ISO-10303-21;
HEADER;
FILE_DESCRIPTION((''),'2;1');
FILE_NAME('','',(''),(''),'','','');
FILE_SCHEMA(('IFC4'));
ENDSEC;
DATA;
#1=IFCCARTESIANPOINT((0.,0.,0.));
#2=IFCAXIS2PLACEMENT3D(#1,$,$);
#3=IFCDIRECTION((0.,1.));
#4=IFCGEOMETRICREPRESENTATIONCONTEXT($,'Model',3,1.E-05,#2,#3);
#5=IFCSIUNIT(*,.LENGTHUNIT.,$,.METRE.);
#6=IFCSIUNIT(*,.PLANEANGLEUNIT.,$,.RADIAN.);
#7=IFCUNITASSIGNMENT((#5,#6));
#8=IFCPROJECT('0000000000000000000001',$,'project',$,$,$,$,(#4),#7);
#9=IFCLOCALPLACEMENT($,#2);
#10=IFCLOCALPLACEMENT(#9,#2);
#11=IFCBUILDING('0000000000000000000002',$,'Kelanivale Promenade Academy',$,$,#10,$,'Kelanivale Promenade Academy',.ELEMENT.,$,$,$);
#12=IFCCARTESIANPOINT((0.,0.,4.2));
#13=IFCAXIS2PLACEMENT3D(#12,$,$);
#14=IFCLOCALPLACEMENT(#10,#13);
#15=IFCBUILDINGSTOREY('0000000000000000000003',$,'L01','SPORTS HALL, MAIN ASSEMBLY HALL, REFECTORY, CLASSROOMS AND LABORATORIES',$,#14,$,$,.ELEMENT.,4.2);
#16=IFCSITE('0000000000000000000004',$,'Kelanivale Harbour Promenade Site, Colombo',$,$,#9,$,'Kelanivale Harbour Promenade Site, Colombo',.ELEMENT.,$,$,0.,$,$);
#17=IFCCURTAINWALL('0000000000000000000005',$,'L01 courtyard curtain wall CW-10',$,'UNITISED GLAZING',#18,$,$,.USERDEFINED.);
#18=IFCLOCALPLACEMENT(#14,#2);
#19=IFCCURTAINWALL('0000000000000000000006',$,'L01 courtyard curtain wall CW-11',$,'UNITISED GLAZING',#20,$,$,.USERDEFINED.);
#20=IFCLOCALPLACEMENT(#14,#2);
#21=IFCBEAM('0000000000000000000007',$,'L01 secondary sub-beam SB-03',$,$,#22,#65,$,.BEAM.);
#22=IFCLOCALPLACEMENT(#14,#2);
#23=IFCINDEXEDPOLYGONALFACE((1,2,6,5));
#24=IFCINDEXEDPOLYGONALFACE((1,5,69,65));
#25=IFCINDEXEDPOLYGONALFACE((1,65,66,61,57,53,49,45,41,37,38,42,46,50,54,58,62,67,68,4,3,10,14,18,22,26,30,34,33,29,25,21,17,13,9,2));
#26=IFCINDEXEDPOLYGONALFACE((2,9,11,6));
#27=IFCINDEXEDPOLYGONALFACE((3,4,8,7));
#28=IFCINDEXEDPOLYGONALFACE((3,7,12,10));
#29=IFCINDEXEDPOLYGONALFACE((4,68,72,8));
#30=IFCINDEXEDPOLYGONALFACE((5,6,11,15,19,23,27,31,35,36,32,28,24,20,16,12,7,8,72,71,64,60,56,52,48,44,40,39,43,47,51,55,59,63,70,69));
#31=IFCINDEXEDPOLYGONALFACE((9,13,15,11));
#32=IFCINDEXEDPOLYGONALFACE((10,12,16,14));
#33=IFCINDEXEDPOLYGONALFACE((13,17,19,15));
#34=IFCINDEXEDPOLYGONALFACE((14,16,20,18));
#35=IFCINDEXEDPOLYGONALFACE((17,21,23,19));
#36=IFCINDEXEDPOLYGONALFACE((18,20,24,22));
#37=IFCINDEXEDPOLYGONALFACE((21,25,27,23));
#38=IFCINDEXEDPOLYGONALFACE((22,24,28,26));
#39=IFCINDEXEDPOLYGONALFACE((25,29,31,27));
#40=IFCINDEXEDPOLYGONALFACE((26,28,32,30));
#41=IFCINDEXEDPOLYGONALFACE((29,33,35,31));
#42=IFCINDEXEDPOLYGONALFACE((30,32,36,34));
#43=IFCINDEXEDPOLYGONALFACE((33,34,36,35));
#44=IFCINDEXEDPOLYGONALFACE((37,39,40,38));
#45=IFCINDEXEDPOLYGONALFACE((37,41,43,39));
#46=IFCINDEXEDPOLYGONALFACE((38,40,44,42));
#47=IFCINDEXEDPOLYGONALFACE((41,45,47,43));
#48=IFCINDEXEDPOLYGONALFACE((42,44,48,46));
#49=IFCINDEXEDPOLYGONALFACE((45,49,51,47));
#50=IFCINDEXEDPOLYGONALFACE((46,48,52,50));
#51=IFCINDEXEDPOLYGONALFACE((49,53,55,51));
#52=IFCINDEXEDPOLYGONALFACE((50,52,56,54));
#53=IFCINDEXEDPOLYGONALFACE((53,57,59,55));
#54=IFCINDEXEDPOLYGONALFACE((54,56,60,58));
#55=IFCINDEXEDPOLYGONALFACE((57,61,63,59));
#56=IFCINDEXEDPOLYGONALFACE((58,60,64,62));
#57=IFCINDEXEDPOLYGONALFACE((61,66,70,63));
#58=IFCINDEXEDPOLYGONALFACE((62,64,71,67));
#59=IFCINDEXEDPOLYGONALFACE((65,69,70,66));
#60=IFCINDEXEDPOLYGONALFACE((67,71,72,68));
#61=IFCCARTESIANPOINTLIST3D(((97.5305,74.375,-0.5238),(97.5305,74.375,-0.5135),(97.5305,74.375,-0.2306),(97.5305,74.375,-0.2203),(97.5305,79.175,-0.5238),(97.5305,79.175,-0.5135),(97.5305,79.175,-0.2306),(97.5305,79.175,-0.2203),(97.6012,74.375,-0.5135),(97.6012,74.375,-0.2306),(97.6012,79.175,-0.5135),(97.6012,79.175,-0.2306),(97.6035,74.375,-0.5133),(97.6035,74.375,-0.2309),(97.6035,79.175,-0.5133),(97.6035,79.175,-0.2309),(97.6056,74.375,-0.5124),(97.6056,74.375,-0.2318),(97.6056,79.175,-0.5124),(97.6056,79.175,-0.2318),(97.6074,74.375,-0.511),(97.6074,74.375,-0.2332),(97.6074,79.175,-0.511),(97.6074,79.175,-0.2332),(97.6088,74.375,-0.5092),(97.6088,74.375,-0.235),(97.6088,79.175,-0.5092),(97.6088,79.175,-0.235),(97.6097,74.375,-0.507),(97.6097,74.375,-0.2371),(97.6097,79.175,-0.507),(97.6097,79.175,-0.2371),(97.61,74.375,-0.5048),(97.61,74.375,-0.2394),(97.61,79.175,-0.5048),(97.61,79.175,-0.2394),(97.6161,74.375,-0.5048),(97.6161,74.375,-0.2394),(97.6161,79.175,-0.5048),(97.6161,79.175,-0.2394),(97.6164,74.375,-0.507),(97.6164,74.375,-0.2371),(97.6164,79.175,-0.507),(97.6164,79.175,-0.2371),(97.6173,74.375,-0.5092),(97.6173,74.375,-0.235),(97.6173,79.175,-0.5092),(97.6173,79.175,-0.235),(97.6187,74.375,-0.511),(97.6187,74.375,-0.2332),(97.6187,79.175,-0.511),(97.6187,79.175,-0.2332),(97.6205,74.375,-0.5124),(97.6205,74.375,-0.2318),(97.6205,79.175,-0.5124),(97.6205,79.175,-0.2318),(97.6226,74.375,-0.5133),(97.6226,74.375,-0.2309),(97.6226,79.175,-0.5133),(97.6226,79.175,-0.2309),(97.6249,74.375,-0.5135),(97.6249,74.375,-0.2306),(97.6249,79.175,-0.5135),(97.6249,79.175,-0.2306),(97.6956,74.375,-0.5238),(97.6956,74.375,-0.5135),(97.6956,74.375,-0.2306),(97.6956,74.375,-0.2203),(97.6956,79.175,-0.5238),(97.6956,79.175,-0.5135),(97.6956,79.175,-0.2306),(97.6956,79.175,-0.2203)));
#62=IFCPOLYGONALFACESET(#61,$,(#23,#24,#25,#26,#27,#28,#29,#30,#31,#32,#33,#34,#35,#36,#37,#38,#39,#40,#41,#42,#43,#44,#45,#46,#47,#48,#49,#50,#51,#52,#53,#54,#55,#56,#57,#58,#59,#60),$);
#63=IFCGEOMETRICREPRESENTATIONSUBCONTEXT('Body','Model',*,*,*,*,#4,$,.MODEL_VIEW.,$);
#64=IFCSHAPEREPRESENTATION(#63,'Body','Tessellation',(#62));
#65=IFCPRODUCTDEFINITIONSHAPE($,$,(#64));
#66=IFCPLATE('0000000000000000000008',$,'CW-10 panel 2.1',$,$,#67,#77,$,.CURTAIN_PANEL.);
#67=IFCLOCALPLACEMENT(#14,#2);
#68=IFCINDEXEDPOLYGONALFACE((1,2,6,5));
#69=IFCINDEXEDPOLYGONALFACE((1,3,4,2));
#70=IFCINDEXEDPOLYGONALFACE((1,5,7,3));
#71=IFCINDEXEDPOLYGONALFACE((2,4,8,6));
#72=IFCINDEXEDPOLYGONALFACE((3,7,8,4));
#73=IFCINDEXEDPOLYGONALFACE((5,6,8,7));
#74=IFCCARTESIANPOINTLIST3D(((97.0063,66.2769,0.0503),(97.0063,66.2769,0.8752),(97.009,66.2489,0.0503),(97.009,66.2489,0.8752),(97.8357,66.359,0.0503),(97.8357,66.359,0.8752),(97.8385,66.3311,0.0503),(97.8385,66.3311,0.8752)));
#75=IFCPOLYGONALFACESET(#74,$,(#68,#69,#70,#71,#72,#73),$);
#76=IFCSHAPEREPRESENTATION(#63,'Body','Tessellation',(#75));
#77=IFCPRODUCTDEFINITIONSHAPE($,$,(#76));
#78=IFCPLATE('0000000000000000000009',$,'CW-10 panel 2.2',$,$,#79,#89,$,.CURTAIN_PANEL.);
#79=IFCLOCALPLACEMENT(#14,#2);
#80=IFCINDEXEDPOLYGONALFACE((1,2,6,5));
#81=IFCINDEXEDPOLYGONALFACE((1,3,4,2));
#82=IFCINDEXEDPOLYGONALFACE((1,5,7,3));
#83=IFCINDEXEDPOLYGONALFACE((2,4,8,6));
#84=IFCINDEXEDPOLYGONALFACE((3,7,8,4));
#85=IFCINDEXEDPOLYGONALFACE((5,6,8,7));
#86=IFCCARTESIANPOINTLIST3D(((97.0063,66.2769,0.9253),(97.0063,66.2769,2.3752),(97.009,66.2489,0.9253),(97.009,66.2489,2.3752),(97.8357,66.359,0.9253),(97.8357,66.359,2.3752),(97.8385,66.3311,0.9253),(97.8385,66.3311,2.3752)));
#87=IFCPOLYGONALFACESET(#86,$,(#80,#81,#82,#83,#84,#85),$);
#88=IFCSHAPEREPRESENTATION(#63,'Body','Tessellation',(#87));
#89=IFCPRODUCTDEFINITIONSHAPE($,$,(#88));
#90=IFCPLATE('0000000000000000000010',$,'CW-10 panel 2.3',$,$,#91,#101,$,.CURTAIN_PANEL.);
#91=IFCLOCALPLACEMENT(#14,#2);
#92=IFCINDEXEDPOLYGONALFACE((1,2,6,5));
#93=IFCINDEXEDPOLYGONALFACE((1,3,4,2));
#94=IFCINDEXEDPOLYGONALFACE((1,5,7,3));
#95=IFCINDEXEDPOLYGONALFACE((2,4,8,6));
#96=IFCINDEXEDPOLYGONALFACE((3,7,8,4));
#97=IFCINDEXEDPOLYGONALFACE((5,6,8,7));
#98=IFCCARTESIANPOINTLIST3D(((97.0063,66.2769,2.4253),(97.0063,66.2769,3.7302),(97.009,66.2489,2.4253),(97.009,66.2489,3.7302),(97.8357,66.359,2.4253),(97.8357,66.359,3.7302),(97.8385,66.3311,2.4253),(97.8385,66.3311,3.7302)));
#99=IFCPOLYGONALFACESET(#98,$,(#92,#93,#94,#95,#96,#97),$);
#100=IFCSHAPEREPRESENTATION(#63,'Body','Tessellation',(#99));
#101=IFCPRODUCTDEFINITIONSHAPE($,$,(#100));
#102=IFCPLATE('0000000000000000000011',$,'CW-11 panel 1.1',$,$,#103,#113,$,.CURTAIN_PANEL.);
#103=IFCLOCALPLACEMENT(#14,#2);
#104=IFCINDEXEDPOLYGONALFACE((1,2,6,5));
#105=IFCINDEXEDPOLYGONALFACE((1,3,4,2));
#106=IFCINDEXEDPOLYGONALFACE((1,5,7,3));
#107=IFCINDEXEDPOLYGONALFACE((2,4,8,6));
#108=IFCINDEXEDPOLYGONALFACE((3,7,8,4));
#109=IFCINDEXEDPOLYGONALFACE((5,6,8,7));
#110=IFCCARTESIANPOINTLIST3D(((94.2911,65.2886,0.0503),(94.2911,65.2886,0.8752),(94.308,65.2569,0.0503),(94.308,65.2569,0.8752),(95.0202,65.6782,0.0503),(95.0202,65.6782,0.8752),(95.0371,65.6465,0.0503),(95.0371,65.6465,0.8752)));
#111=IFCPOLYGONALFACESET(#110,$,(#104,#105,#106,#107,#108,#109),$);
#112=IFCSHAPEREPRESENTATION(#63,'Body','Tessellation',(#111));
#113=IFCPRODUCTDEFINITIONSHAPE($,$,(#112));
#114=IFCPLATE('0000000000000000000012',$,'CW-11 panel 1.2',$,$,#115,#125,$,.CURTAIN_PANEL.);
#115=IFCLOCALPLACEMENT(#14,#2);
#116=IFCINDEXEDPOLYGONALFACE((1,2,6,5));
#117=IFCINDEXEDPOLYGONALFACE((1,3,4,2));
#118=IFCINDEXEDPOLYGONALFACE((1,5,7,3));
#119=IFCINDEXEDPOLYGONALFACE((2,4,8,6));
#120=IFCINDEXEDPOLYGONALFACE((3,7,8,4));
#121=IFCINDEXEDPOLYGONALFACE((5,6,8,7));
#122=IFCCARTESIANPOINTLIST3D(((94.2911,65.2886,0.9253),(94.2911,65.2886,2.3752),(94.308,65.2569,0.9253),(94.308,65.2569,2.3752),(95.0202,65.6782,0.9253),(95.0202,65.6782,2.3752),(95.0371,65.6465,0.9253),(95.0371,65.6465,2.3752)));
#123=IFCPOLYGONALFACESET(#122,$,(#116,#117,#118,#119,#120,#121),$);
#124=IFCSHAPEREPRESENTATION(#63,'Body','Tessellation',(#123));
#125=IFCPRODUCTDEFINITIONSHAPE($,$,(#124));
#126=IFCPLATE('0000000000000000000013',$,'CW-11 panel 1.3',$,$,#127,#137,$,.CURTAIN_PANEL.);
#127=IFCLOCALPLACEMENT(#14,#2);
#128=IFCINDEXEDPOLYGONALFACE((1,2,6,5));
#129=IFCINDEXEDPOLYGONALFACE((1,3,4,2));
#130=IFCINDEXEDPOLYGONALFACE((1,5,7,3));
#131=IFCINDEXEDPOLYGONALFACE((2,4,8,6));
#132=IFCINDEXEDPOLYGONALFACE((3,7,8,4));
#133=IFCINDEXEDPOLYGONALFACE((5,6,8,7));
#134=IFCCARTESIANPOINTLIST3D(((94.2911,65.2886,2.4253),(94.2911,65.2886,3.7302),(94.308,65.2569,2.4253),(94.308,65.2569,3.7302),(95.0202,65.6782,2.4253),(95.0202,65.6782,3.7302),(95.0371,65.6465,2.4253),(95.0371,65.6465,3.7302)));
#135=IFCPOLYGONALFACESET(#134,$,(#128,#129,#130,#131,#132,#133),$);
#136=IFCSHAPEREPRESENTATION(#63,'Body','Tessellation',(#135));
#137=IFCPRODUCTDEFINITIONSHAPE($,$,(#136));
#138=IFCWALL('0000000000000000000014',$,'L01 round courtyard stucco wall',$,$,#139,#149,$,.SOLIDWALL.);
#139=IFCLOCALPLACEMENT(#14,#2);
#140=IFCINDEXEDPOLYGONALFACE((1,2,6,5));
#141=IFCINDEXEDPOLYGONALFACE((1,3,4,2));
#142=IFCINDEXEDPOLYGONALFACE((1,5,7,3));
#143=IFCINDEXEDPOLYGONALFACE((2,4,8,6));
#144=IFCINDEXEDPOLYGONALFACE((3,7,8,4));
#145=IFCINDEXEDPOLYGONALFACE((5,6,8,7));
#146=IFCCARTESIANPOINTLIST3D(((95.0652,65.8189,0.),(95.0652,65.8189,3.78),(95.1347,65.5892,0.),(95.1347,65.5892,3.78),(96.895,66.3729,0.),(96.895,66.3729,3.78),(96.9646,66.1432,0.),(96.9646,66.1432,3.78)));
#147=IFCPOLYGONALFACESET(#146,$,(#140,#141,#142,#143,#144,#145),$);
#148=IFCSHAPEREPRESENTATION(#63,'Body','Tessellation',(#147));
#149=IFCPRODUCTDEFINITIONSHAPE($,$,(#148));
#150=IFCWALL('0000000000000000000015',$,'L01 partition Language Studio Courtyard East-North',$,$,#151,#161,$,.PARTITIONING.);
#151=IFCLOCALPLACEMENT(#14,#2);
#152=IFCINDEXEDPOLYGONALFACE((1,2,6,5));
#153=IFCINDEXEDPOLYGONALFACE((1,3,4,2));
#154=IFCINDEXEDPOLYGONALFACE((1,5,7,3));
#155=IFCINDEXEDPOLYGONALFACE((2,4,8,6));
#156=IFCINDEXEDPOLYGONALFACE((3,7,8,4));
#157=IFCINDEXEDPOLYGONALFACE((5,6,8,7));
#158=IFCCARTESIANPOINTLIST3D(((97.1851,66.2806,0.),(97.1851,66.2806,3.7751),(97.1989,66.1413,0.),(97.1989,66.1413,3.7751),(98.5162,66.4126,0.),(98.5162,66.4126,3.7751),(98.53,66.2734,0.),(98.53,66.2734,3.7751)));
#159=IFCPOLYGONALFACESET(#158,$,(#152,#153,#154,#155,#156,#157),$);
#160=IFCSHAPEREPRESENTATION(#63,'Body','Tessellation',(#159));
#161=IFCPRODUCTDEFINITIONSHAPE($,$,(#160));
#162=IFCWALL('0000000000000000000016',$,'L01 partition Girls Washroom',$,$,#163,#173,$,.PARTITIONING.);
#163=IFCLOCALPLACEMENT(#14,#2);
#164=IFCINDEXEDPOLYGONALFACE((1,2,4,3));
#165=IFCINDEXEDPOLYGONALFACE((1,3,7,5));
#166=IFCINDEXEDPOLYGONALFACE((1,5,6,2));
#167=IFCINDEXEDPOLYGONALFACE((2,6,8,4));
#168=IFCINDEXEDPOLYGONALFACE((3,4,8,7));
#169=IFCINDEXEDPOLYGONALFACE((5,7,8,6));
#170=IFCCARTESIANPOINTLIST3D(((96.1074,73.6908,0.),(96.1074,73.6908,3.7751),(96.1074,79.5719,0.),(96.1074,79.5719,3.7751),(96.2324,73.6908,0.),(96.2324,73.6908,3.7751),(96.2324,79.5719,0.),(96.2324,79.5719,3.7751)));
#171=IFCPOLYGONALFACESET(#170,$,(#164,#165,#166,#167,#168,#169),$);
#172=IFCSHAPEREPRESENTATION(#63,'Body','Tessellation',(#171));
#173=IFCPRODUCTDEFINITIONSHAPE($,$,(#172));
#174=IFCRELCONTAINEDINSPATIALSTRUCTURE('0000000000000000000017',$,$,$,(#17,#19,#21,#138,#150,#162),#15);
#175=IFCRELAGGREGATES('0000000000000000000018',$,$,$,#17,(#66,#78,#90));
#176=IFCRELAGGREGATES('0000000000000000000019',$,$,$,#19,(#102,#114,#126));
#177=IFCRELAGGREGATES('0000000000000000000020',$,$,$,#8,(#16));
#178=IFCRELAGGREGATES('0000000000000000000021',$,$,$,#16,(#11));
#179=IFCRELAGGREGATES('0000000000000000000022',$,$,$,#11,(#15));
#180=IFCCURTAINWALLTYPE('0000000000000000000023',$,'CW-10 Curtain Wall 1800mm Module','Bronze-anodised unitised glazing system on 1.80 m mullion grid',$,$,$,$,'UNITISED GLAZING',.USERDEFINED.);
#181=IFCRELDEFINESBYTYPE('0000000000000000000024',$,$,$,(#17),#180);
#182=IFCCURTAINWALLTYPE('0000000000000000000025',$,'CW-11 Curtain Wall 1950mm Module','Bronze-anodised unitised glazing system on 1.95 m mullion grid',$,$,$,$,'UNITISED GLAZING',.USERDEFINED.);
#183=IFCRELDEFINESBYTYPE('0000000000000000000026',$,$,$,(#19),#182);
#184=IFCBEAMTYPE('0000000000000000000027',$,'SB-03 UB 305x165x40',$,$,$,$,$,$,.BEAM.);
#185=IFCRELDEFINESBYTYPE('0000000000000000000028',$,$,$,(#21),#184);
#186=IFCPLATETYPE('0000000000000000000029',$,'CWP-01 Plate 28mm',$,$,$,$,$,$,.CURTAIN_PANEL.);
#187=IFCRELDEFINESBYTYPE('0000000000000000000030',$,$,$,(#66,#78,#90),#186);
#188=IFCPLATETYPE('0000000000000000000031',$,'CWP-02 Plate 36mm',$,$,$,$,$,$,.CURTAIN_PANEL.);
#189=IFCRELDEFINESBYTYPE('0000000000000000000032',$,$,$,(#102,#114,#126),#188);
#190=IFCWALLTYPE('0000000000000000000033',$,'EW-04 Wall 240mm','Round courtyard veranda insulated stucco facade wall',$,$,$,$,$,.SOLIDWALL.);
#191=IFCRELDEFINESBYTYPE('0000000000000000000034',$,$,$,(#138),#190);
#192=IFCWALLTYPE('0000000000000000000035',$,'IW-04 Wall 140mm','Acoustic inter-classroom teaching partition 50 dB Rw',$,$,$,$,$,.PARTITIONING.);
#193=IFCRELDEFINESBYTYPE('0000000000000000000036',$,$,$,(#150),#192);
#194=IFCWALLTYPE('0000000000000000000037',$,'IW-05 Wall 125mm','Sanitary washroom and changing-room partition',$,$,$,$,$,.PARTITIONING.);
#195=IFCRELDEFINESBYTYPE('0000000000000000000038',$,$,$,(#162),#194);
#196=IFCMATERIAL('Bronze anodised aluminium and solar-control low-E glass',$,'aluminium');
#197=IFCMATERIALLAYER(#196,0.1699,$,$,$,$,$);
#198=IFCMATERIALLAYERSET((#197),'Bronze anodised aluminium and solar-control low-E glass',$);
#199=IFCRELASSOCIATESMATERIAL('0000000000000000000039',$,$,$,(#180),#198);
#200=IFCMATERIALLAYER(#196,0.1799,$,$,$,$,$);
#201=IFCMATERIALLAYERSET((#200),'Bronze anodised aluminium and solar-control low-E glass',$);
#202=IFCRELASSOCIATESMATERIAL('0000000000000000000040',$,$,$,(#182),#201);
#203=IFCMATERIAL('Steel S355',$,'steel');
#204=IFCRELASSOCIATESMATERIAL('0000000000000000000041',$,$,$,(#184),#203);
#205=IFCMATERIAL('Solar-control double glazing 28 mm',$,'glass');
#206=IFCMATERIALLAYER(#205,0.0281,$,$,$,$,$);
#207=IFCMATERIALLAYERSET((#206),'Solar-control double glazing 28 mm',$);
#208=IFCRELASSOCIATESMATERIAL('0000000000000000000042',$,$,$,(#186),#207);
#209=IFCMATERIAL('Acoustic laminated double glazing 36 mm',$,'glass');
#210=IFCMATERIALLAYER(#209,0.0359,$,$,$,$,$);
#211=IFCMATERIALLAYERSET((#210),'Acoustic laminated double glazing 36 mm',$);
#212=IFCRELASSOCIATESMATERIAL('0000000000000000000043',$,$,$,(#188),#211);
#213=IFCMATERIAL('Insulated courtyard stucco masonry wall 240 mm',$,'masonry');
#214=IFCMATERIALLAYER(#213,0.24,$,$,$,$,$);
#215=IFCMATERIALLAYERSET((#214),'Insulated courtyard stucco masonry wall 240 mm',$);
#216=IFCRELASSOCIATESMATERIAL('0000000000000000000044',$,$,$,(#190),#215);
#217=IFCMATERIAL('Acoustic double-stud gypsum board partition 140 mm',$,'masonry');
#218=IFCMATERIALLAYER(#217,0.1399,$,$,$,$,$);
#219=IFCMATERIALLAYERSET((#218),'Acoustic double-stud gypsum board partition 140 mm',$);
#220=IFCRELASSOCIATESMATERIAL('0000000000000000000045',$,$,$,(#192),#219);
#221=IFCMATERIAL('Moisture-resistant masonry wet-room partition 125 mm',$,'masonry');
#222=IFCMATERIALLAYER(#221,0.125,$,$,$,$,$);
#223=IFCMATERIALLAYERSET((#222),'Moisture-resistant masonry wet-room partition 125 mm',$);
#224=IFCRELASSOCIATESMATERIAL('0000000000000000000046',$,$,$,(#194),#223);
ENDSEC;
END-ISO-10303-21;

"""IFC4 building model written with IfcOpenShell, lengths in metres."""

from ifc_helpers import new_model, si_unit, direction, frame, frame_2d, origin, origin_2d, place, context, subcontext, project, spatial, rectangle, i_section, extrude, material, layer, layer_set, material_profile, profile_set, type_object, element, aggregate, save


model = new_model("IFC4")

# Units and contexts
model_context = context("Model", 3, precision=1e-05, world=origin(), true_north=direction((0.0, 1.0)))
body_context = subcontext(model_context, "Body", "Model", "MODEL_VIEW")
ifc_project = project(units=[si_unit("LENGTHUNIT", "METRE"), si_unit("PLANEANGLEUNIT", "RADIAN")], contexts=[model_context])

# Site, building, storey
site_placement = place(None, origin())
site = spatial("IfcSite", under=ifc_project, at=site_placement, Name="Kelanivale Harbour Promenade Site, Colombo", LongName="Kelanivale Harbour Promenade Site, Colombo", CompositionType="ELEMENT", RefElevation=0.0)
building_placement = place(site_placement, origin())
building = spatial("IfcBuilding", under=site, at=building_placement, Name="Kelanivale Promenade Academy", LongName="Kelanivale Promenade Academy", CompositionType="ELEMENT")
storey_placement = place(building_placement, frame((0.0, 0.0, 4.2)))
storey = spatial("IfcBuildingStorey", under=building, at=storey_placement, Name="L01", Description="SPORTS HALL, MAIN ASSEMBLY HALL, REFECTORY, CLASSROOMS AND LABORATORIES", CompositionType="ELEMENT", Elevation=4.2)

# Curtain wall
ifc_material_1 = material(Name="Bronze anodised aluminium and solar-control low-E glass", Category="aluminium")
ifc_layer_1 = layer(ifc_material_1, 0.1699)
ifc_layer_set_1 = layer_set([ifc_layer_1], Name="Bronze anodised aluminium and solar-control low-E glass")
curtain_wall_type_1 = type_object("IfcCurtainWallType", Name="CW-10 Curtain Wall 1800mm Module", Description="Bronze-anodised unitised glazing system on 1.80 m mullion grid", ElementType="UNITISED GLAZING", PredefinedType="USERDEFINED", material=ifc_layer_set_1)
curtain_wall_1_placement = place(storey_placement, origin())
curtain_wall_1 = element("IfcCurtainWall", 1, at=curtain_wall_1_placement, inside=storey, type_object=curtain_wall_type_1, Name="L01 courtyard curtain wall CW-10", ObjectType="UNITISED GLAZING", PredefinedType="USERDEFINED")

# Curtain wall
ifc_layer_2 = layer(ifc_material_1, 0.1799)
ifc_layer_set_2 = layer_set([ifc_layer_2], Name="Bronze anodised aluminium and solar-control low-E glass")
curtain_wall_type_2 = type_object("IfcCurtainWallType", Name="CW-11 Curtain Wall 1950mm Module", Description="Bronze-anodised unitised glazing system on 1.95 m mullion grid", ElementType="UNITISED GLAZING", PredefinedType="USERDEFINED", material=ifc_layer_set_2)
curtain_wall_2_placement = place(storey_placement, origin())
curtain_wall_2 = element("IfcCurtainWall", 2, at=curtain_wall_2_placement, inside=storey, type_object=curtain_wall_type_2, Name="L01 courtyard curtain wall CW-11", ObjectType="UNITISED GLAZING", PredefinedType="USERDEFINED")

# Beam
ifc_material_2 = material(Name="Steel S355", Category="steel")
ifc_material_profile_1 = material_profile(ifc_material_2, i_section(OverallWidth=0.165, OverallDepth=0.3035, WebThickness=0.0061, FlangeThickness=0.0103, FilletRadius=0.0088, at=origin_2d()), Name="UB 305x165x40")
ifc_profile_set_1 = profile_set([ifc_material_profile_1], Name="Steel S355")
beam_type_1 = type_object("IfcBeamType", Name="SB-03 UB 305x165x40", PredefinedType="BEAM", material=ifc_profile_set_1)
beam_1_placement = place(storey_placement, frame((97.613, 74.375, -0.3721), z_axis=(0.0, 1.0, 0.0), x_axis=(-1.0, 0.0, 0.0)))
element("IfcBeam", 3, at=beam_1_placement, inside=storey, type_object=beam_type_1, Name="L01 secondary sub-beam SB-03", PredefinedType="BEAM", context=body_context, shape_type="SweptSolid", body=[
    extrude(i_section(OverallWidth=0.165, OverallDepth=0.3035, WebThickness=0.0061, FlangeThickness=0.0103, FilletRadius=0.0088, at=origin_2d()), origin(), (0.0, 0.0, 1.0), 4.8),
])

# Plates
ifc_material_3 = material(Name="Solar-control double glazing 28 mm", Category="glass")
ifc_layer_3 = layer(ifc_material_3, 0.0281)
ifc_layer_set_3 = layer_set([ifc_layer_3], Name="Solar-control double glazing 28 mm")
plate_type_1 = type_object("IfcPlateType", Name="CWP-01 Plate 28mm", PredefinedType="CURTAIN_PANEL", material=ifc_layer_set_3)
plate_1_placement = place(storey_placement, frame((97.4224, 66.304, 0.0503), z_axis=(0.0, 0.0, 1.0), x_axis=(-0.995133, -0.098539, 0.0)))
plate_1 = element("IfcPlate", 4, at=plate_1_placement, type_object=plate_type_1, Name="CW-10 panel 2.1", PredefinedType="CURTAIN_PANEL", context=body_context, shape_type="SweptSolid", body=[
    extrude(rectangle(XDim=0.8335, YDim=0.0281, at=origin_2d()), origin(), (0.0, 0.0, 1.0), 0.825),
])
plate_2_placement = place(storey_placement, frame((97.4224, 66.304, 0.9253), z_axis=(0.0, 0.0, 1.0), x_axis=(-0.995133, -0.098539, 0.0)))
plate_2 = element("IfcPlate", 5, at=plate_2_placement, type_object=plate_type_1, Name="CW-10 panel 2.2", PredefinedType="CURTAIN_PANEL", context=body_context, shape_type="SweptSolid", body=[
    extrude(rectangle(XDim=0.8335, YDim=0.0281, at=origin_2d()), origin(), (0.0, 0.0, 1.0), 1.45),
])
plate_3_placement = place(storey_placement, frame((97.4224, 66.304, 2.4253), z_axis=(0.0, 0.0, 1.0), x_axis=(-0.995133, -0.098539, 0.0)))
plate_3 = element("IfcPlate", 6, at=plate_3_placement, type_object=plate_type_1, Name="CW-10 panel 2.3", PredefinedType="CURTAIN_PANEL", context=body_context, shape_type="SweptSolid", body=[
    extrude(rectangle(XDim=0.8335, YDim=0.0281, at=origin_2d()), origin(), (0.0, 0.0, 1.0), 1.3049),
])
aggregate(curtain_wall_1, [plate_1, plate_2, plate_3])
ifc_material_4 = material(Name="Acoustic laminated double glazing 36 mm", Category="glass")
ifc_layer_4 = layer(ifc_material_4, 0.0359)
ifc_layer_set_4 = layer_set([ifc_layer_4], Name="Acoustic laminated double glazing 36 mm")
plate_type_2 = type_object("IfcPlateType", Name="CWP-02 Plate 36mm", PredefinedType="CURTAIN_PANEL", material=ifc_layer_set_4)
plate_4_placement = place(storey_placement, frame((94.6641, 65.4675, 0.0503), z_axis=(0.0, 0.0, 1.0), x_axis=(-0.881978, -0.47129, 0.0)))
plate_4 = element("IfcPlate", 7, at=plate_4_placement, type_object=plate_type_2, Name="CW-11 panel 1.1", PredefinedType="CURTAIN_PANEL", context=body_context, shape_type="SweptSolid", body=[
    extrude(rectangle(XDim=0.8267, YDim=0.0359, at=origin_2d()), origin(), (0.0, 0.0, 1.0), 0.825),
])
plate_5_placement = place(storey_placement, frame((94.6641, 65.4675, 0.9253), z_axis=(0.0, 0.0, 1.0), x_axis=(-0.881978, -0.47129, 0.0)))
plate_5 = element("IfcPlate", 8, at=plate_5_placement, type_object=plate_type_2, Name="CW-11 panel 1.2", PredefinedType="CURTAIN_PANEL", context=body_context, shape_type="SweptSolid", body=[
    extrude(rectangle(XDim=0.8267, YDim=0.0359, at=origin_2d()), origin(), (0.0, 0.0, 1.0), 1.45),
])
plate_6_placement = place(storey_placement, frame((94.6641, 65.4675, 2.4253), z_axis=(0.0, 0.0, 1.0), x_axis=(-0.881978, -0.47129, 0.0)))
plate_6 = element("IfcPlate", 9, at=plate_6_placement, type_object=plate_type_2, Name="CW-11 panel 1.3", PredefinedType="CURTAIN_PANEL", context=body_context, shape_type="SweptSolid", body=[
    extrude(rectangle(XDim=0.8267, YDim=0.0359, at=origin_2d()), origin(), (0.0, 0.0, 1.0), 1.3049),
])
aggregate(curtain_wall_2, [plate_4, plate_5, plate_6])

# Walls
ifc_material_5 = material(Name="Insulated courtyard stucco masonry wall 240 mm", Category="masonry")
ifc_layer_5 = layer(ifc_material_5, 0.24)
ifc_layer_set_5 = layer_set([ifc_layer_5], Name="Insulated courtyard stucco masonry wall 240 mm")
wall_type_1 = type_object("IfcWallType", Name="EW-04 Wall 240mm", Description="Round courtyard veranda insulated stucco facade wall", PredefinedType="SOLIDWALL", material=ifc_layer_set_5)
wall_1_placement = place(storey_placement, frame((96.9299, 66.2581, 0.0), z_axis=(0.0, 0.0, 1.0), x_axis=(-0.957103, -0.289749, 0.0)))
element("IfcWall", 10, at=wall_1_placement, inside=storey, type_object=wall_type_1, Name="L01 round courtyard stucco wall", PredefinedType="SOLIDWALL", context=body_context, shape_type="SweptSolid", body=[
    extrude(rectangle(XDim=1.9119, YDim=0.24, at=frame_2d((0.9561, 0.0))), origin(), (0.0, 0.0, 1.0), 3.78),
])
ifc_material_6 = material(Name="Acoustic double-stud gypsum board partition 140 mm", Category="masonry")
ifc_layer_6 = layer(ifc_material_6, 0.1399)
ifc_layer_set_6 = layer_set([ifc_layer_6], Name="Acoustic double-stud gypsum board partition 140 mm")
wall_type_2 = type_object("IfcWallType", Name="IW-04 Wall 140mm", Description="Acoustic inter-classroom teaching partition 50 dB Rw", PredefinedType="PARTITIONING", material=ifc_layer_set_6)
wall_2_placement = place(storey_placement, frame((97.1919, 66.2109, 0.0), z_axis=(0.0, 0.0, 1.0), x_axis=(0.995113, 0.098745, 0.0)))
element("IfcWall", 11, at=wall_2_placement, inside=storey, type_object=wall_type_2, Name="L01 partition Language Studio Courtyard East-North", PredefinedType="PARTITIONING", context=body_context, shape_type="SweptSolid", body=[
    extrude(rectangle(XDim=1.3376, YDim=0.1399, at=frame_2d((0.6689, 0.0))), origin(), (0.0, 0.0, 1.0), 3.7751),
])
ifc_material_7 = material(Name="Moisture-resistant masonry wet-room partition 125 mm", Category="masonry")
ifc_layer_7 = layer(ifc_material_7, 0.125)
ifc_layer_set_7 = layer_set([ifc_layer_7], Name="Moisture-resistant masonry wet-room partition 125 mm")
wall_type_3 = type_object("IfcWallType", Name="IW-05 Wall 125mm", Description="Sanitary washroom and changing-room partition", PredefinedType="PARTITIONING", material=ifc_layer_set_7)
wall_3_placement = place(storey_placement, frame((96.1699, 73.6909, 0.0), z_axis=(0.0, 0.0, 1.0), x_axis=(0.0, 1.0, 0.0)))
element("IfcWall", 12, at=wall_3_placement, inside=storey, type_object=wall_type_3, Name="L01 partition Girls Washroom", PredefinedType="PARTITIONING", context=body_context, shape_type="SweptSolid", body=[
    extrude(rectangle(XDim=5.8811, YDim=0.125, at=frame_2d((2.9404, 0.0))), origin(), (0.0, 0.0, 1.0), 3.7751),
])

save(model, "model.ifc")
